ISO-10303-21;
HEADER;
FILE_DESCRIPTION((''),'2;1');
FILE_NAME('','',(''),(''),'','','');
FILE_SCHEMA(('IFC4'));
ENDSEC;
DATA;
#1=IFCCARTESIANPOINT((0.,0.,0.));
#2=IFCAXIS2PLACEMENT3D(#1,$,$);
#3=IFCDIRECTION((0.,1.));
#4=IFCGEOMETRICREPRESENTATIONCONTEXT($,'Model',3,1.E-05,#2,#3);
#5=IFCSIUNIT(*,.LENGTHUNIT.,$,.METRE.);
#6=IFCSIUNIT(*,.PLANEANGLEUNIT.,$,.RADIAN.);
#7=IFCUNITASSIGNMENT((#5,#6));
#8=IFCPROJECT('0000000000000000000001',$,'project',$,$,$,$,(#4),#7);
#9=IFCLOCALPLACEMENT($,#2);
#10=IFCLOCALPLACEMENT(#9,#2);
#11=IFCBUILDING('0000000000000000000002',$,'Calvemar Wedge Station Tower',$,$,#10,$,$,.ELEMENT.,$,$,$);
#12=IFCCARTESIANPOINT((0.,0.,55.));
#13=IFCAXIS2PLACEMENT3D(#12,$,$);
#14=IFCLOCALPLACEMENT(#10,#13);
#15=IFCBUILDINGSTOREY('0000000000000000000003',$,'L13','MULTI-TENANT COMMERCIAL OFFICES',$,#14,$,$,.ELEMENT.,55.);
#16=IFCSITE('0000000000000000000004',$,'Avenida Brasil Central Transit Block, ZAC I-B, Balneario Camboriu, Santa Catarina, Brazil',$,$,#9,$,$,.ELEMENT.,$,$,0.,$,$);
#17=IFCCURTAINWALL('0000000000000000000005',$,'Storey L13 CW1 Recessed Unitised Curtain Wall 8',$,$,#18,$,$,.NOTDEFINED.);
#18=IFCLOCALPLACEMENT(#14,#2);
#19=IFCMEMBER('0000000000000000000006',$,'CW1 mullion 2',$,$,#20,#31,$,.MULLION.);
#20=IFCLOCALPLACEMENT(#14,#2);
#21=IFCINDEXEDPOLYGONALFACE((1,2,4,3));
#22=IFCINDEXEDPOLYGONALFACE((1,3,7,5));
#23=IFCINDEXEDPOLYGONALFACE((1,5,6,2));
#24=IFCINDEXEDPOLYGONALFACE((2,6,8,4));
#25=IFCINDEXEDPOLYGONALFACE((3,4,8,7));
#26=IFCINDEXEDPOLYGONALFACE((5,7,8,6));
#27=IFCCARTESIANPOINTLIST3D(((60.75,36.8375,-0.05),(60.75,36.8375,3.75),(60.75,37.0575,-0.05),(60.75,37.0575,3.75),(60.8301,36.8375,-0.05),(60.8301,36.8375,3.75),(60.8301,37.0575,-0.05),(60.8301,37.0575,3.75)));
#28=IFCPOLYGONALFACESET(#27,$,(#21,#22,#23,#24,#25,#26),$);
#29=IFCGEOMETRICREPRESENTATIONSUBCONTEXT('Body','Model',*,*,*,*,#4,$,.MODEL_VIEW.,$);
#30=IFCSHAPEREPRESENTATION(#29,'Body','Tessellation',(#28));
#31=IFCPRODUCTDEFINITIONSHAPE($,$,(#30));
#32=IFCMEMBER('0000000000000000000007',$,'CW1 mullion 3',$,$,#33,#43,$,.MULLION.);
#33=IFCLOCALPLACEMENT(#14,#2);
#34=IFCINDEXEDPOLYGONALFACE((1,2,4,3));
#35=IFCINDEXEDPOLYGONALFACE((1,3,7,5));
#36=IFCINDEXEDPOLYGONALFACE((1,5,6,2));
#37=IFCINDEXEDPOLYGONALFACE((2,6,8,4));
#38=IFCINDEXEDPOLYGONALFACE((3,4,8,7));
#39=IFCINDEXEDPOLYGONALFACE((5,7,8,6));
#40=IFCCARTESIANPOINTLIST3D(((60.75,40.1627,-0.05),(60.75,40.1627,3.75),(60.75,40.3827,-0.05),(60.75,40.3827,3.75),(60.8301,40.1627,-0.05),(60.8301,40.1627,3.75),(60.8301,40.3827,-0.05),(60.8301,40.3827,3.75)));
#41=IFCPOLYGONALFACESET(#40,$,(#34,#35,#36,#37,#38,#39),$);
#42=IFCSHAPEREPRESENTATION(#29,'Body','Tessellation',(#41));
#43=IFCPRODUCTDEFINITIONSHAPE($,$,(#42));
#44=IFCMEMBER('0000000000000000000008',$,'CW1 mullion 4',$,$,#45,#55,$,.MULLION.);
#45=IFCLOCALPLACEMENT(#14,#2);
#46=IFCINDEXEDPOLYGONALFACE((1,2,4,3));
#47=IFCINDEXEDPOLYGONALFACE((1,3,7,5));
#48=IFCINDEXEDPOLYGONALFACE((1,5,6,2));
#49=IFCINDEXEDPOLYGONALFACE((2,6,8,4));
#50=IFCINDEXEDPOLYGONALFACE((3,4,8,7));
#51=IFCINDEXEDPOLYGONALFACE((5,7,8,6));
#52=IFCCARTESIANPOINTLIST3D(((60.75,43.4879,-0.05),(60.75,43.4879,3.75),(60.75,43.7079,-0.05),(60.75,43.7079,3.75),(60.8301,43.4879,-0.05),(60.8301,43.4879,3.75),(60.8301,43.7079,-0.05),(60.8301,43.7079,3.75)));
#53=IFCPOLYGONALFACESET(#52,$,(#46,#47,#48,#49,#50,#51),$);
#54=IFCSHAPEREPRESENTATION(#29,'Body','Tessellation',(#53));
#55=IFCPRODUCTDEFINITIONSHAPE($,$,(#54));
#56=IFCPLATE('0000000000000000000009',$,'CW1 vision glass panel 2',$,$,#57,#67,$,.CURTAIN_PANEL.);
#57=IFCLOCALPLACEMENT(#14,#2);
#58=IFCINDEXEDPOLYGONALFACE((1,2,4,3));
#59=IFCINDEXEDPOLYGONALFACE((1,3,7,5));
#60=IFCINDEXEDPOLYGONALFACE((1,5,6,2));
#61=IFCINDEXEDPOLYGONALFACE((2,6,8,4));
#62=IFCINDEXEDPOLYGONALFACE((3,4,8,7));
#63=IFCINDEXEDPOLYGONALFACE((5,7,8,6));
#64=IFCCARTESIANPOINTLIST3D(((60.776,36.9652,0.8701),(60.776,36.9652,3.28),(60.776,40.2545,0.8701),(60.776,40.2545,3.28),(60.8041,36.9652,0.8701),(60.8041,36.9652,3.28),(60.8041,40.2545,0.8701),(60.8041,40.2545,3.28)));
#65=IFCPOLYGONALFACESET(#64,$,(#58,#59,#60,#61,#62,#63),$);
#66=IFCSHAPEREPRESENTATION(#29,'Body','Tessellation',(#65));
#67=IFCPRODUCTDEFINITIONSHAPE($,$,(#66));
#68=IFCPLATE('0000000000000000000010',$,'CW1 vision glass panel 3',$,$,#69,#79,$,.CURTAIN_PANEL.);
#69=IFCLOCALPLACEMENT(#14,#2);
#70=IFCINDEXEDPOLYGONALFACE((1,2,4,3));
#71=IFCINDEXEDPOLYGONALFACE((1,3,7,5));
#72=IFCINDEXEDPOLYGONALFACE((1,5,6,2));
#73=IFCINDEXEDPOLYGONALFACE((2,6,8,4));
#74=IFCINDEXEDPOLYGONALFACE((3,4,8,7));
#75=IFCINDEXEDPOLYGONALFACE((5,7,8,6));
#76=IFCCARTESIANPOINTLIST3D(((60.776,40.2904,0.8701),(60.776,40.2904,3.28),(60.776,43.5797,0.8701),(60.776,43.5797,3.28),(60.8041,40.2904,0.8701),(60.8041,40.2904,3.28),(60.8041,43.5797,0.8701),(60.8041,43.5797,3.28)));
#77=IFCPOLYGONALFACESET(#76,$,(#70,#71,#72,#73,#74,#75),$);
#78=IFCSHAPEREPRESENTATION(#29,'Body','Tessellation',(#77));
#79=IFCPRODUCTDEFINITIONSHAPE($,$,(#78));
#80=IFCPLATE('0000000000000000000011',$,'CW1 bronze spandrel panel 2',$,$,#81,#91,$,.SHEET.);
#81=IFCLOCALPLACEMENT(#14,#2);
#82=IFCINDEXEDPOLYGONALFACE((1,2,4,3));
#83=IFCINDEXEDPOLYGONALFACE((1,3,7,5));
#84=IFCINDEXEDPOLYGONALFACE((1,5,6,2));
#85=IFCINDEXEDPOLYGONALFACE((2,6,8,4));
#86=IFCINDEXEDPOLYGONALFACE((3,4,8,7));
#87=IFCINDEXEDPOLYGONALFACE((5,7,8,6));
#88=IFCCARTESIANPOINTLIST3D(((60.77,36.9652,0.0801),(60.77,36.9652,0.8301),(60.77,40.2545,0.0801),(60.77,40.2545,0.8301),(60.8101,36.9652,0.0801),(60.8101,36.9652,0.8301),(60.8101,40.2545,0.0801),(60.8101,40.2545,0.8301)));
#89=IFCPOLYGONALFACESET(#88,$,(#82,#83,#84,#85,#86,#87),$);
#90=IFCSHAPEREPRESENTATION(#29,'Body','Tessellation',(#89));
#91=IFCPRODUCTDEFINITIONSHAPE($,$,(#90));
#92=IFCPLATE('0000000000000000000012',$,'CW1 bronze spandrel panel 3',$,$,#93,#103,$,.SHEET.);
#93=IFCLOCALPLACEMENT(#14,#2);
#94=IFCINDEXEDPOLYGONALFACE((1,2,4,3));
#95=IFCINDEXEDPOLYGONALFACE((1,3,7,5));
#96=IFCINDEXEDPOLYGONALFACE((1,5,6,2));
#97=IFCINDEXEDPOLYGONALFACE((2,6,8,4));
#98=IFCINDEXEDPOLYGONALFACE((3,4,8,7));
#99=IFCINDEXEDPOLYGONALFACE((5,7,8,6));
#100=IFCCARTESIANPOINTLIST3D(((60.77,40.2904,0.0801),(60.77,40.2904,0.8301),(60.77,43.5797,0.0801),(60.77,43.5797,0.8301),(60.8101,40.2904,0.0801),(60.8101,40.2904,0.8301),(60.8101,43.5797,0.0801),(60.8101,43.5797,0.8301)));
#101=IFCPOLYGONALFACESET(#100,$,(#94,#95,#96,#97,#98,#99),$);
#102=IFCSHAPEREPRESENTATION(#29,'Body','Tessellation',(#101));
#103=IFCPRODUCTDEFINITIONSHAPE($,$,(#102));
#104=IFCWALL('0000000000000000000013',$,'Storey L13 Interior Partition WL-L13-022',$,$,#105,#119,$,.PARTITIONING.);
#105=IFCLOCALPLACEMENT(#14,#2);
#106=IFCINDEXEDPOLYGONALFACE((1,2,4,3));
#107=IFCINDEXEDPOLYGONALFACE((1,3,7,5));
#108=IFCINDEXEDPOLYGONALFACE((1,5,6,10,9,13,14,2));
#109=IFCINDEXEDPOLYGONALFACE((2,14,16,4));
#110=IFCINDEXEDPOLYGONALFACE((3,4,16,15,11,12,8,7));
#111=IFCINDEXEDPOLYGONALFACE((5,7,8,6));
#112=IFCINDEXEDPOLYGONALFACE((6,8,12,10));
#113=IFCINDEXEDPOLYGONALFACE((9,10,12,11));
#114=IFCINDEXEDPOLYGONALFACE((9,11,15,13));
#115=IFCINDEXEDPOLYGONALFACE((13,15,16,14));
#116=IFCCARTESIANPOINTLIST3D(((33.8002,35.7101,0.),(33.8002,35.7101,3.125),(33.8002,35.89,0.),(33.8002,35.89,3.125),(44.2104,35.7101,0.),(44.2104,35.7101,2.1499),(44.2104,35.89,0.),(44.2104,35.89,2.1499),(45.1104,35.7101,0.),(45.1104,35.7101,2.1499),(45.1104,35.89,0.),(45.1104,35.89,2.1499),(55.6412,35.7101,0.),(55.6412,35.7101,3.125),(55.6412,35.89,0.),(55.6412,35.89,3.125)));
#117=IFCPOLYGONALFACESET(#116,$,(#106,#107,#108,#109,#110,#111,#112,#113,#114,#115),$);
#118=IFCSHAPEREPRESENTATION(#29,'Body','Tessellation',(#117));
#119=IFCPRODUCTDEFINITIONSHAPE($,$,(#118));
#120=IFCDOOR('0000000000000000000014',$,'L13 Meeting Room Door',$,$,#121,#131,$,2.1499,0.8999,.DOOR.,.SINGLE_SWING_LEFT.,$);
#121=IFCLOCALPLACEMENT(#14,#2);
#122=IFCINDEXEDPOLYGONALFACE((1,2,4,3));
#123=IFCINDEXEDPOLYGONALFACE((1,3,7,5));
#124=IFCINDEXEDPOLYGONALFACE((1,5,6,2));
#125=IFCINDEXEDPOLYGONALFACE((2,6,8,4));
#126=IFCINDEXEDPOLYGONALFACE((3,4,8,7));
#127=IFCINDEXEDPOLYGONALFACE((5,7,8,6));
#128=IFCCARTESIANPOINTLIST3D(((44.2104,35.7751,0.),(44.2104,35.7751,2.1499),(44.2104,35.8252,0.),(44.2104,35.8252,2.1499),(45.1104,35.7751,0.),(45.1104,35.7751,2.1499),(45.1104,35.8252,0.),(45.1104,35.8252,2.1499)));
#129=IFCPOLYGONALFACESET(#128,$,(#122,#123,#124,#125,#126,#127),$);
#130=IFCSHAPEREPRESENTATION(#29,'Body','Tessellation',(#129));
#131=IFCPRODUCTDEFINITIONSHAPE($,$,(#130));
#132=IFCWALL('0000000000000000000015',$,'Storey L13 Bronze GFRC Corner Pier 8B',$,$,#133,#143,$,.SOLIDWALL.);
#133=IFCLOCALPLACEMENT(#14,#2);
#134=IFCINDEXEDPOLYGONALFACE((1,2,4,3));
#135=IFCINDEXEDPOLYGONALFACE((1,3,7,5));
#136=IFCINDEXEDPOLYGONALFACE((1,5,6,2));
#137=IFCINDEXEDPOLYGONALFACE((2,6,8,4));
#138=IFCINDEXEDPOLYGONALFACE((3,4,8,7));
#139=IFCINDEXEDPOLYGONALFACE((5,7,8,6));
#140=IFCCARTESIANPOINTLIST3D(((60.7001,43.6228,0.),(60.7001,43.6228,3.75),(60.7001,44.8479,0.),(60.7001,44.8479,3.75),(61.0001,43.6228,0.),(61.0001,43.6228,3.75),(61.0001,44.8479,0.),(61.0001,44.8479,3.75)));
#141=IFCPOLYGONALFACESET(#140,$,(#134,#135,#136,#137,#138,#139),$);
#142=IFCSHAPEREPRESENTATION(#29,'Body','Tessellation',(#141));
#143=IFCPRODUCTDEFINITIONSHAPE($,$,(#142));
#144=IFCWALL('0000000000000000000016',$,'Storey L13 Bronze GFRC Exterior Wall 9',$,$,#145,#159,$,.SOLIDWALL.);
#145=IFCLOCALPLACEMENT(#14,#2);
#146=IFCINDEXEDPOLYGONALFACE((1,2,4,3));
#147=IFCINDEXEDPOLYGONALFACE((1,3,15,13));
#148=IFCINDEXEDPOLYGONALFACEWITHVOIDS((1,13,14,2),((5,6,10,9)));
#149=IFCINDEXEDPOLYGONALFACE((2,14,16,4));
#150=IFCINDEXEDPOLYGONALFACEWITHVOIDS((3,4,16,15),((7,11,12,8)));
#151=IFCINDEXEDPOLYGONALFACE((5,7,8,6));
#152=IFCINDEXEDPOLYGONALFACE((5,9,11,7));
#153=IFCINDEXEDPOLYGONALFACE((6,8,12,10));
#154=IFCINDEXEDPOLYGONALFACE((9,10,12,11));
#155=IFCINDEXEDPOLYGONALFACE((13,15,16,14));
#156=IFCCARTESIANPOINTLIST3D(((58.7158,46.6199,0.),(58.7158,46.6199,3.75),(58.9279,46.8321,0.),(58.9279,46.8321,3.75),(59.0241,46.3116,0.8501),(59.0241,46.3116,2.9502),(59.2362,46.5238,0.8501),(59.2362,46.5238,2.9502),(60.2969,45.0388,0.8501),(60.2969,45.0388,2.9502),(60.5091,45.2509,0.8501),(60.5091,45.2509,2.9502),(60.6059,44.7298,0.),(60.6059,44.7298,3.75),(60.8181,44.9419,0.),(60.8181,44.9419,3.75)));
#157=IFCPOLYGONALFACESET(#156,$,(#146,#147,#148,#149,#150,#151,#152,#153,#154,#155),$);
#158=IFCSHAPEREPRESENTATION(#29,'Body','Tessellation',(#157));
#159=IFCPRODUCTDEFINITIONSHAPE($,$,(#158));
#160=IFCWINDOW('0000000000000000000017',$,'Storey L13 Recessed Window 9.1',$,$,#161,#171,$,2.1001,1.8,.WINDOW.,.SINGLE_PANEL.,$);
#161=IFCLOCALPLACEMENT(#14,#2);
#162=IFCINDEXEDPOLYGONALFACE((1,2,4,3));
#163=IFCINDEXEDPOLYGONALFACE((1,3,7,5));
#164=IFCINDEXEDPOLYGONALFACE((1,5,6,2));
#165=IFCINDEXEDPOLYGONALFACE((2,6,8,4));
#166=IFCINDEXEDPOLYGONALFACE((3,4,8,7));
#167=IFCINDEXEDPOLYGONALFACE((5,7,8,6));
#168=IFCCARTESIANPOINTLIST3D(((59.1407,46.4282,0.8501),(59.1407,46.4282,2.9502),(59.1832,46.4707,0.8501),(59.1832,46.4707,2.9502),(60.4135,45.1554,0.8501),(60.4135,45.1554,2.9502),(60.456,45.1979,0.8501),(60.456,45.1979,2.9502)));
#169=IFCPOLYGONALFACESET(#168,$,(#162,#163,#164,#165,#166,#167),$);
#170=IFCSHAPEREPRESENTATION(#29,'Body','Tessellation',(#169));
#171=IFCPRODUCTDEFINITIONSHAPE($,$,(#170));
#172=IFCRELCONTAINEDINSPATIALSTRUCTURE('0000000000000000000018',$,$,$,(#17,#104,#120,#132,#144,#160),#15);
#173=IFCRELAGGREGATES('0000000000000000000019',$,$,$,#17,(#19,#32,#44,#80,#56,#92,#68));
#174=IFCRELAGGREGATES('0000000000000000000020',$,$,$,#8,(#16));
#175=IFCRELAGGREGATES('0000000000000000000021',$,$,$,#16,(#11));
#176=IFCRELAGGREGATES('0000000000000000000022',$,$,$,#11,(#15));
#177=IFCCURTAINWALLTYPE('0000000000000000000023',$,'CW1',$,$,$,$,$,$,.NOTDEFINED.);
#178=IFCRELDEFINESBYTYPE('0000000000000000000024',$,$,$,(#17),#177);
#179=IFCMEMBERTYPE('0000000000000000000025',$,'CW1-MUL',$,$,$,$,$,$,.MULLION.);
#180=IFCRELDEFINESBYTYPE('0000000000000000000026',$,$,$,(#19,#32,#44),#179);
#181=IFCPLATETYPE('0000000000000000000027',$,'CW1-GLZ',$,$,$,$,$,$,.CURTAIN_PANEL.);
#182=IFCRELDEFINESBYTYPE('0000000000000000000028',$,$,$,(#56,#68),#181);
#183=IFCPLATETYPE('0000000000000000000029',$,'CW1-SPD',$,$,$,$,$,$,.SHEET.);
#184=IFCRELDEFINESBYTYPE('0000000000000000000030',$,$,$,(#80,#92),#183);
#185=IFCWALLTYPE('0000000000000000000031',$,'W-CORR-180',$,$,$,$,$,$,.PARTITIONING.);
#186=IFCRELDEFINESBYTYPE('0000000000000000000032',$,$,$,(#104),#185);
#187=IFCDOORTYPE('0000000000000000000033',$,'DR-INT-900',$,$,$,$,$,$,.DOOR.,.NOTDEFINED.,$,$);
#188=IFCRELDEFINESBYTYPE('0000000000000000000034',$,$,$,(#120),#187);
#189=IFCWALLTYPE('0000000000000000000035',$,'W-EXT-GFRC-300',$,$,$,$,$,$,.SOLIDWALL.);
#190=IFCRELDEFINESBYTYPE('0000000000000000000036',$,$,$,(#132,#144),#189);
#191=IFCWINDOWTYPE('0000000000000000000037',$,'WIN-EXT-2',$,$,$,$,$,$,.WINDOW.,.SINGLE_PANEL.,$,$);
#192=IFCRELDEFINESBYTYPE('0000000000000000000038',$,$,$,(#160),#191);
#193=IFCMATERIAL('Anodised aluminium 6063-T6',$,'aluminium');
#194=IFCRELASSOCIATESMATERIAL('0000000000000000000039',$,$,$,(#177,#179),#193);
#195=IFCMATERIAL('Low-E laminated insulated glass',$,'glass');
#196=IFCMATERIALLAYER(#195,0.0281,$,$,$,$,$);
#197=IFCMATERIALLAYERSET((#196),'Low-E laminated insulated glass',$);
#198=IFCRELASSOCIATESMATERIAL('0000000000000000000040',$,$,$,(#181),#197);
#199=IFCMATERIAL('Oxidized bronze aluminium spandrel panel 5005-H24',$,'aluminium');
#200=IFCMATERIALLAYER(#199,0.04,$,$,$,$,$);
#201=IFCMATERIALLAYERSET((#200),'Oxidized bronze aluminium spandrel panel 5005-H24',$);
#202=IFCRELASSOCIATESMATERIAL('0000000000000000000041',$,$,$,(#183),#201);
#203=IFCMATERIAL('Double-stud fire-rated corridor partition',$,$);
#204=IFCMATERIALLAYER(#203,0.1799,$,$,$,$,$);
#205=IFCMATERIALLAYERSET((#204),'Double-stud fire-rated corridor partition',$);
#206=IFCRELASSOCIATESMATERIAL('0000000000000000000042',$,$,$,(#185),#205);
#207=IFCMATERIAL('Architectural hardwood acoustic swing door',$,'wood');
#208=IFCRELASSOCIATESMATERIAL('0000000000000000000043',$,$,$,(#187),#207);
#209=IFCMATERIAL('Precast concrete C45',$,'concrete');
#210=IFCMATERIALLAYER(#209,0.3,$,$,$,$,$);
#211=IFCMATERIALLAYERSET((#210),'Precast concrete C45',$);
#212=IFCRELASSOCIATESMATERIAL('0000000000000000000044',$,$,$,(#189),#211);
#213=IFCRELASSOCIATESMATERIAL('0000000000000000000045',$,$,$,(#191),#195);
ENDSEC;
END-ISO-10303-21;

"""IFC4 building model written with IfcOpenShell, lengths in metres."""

from ifc_helpers import new_model, si_unit, direction, frame, frame_2d, origin, origin_2d, place, context, subcontext, project, spatial, rectangle, extrude, source, transform, mapped, material, layer, layer_set, material_profile, profile_set, type_object, element, fill, aggregate, save


model = new_model("IFC4")

# Units and contexts
model_context = context("Model", 3, precision=1e-05, world=origin(), true_north=direction((0.0, 1.0)))
body_context = subcontext(model_context, "Body", "Model", "MODEL_VIEW")
ifc_project = project(units=[si_unit("LENGTHUNIT", "METRE"), si_unit("PLANEANGLEUNIT", "RADIAN")], contexts=[model_context])

# Site, building, storey
site_placement = place(None, origin())
site = spatial("IfcSite", under=ifc_project, at=site_placement, Name="Avenida Brasil Central Transit Block, ZAC I-B, Balneario Camboriu, Santa Catarina, Brazil", CompositionType="ELEMENT", RefElevation=0.0)
building_placement = place(site_placement, origin())
building = spatial("IfcBuilding", under=site, at=building_placement, Name="Calvemar Wedge Station Tower", CompositionType="ELEMENT")
storey_placement = place(building_placement, frame((0.0, 0.0, 55.0)))
storey = spatial("IfcBuildingStorey", under=building, at=storey_placement, Name="L13", Description="MULTI-TENANT COMMERCIAL OFFICES", CompositionType="ELEMENT", Elevation=55.0)

# Curtain wall, members, plates
ifc_material_1 = material(Name="Anodised aluminium 6063-T6", Category="aluminium")
curtain_wall_type = type_object("IfcCurtainWallType", Name="CW1", PredefinedType="NOTDEFINED", material=ifc_material_1)
curtain_wall_placement = place(storey_placement, origin())
curtain_wall = element("IfcCurtainWall", 1, at=curtain_wall_placement, inside=storey, type_object=curtain_wall_type, Name="Storey L13 CW1 Recessed Unitised Curtain Wall 8", PredefinedType="NOTDEFINED")
ifc_material_profile = material_profile(ifc_material_1, rectangle(XDim=0.0801, YDim=0.22, at=origin_2d()), Name="AL-MUL-80x220")
ifc_profile_set = profile_set([ifc_material_profile], Name="Anodised aluminium 6063-T6")
member_type = type_object("IfcMemberType", Name="CW1-MUL", PredefinedType="MULLION", material=ifc_profile_set)
shared_shape_1 = source(origin(), body_context, "Body", "SweptSolid", [
    extrude(rectangle(XDim=0.0801, YDim=0.22, at=origin_2d()), origin(), (0.0, 0.0, 1.0), 3.8),
])
member_1_placement = place(storey_placement, frame((60.79, 36.9475, -0.05), z_axis=(0.0, 0.0, 1.0), x_axis=(1.0, 0.0, 0.0)))
member_1 = element("IfcMember", 2, at=member_1_placement, type_object=member_type, Name="CW1 mullion 2", PredefinedType="MULLION", context=body_context, shape_type="MappedRepresentation", body=[
    mapped(shared_shape_1, transform((0.0, 0.0, 0.0), scale=1.0)),
])
member_2_placement = place(storey_placement, frame((60.79, 40.2727, -0.05), z_axis=(0.0, 0.0, 1.0), x_axis=(1.0, 0.0, 0.0)))
member_2 = element("IfcMember", 3, at=member_2_placement, type_object=member_type, Name="CW1 mullion 3", PredefinedType="MULLION", context=body_context, shape_type="MappedRepresentation", body=[
    mapped(shared_shape_1, transform((0.0, 0.0, 0.0), scale=1.0)),
])
member_3_placement = place(storey_placement, frame((60.79, 43.5979, -0.05), z_axis=(0.0, 0.0, 1.0), x_axis=(1.0, 0.0, 0.0)))
member_3 = element("IfcMember", 4, at=member_3_placement, type_object=member_type, Name="CW1 mullion 4", PredefinedType="MULLION", context=body_context, shape_type="MappedRepresentation", body=[
    mapped(shared_shape_1, transform((0.0, 0.0, 0.0), scale=1.0)),
])
ifc_material_2 = material(Name="Low-E laminated insulated glass", Category="glass")
ifc_layer_1 = layer(ifc_material_2, 0.0281)
ifc_layer_set_1 = layer_set([ifc_layer_1], Name="Low-E laminated insulated glass")
plate_type_1 = type_object("IfcPlateType", Name="CW1-GLZ", PredefinedType="CURTAIN_PANEL", material=ifc_layer_set_1)
plate_1_placement = place(storey_placement, frame((60.79, 36.9653, 0.8701), z_axis=(0.0, 0.0, 1.0), x_axis=(0.0, 1.0, 0.0)))
plate_1 = element("IfcPlate", 5, at=plate_1_placement, type_object=plate_type_1, Name="CW1 vision glass panel 2", PredefinedType="CURTAIN_PANEL", context=body_context, shape_type="SweptSolid", body=[
    extrude(rectangle(XDim=3.2893, YDim=0.0281, at=frame_2d((1.6445, 0.0))), origin(), (0.0, 0.0, 1.0), 2.4099),
])
plate_2_placement = place(storey_placement, frame((60.79, 40.2905, 0.8701), z_axis=(0.0, 0.0, 1.0), x_axis=(0.0, 1.0, 0.0)))
plate_2 = element("IfcPlate", 6, at=plate_2_placement, type_object=plate_type_1, Name="CW1 vision glass panel 3", PredefinedType="CURTAIN_PANEL", context=body_context, shape_type="SweptSolid", body=[
    extrude(rectangle(XDim=3.2893, YDim=0.0281, at=frame_2d((1.6445, 0.0))), origin(), (0.0, 0.0, 1.0), 2.4099),
])
ifc_material_3 = material(Name="Oxidized bronze aluminium spandrel panel 5005-H24", Category="aluminium")
ifc_layer_2 = layer(ifc_material_3, 0.04)
ifc_layer_set_2 = layer_set([ifc_layer_2], Name="Oxidized bronze aluminium spandrel panel 5005-H24")
plate_type_2 = type_object("IfcPlateType", Name="CW1-SPD", PredefinedType="SHEET", material=ifc_layer_set_2)
plate_3_placement = place(storey_placement, frame((60.79, 36.9653, 0.0801), z_axis=(0.0, 0.0, 1.0), x_axis=(0.0, 1.0, 0.0)))
plate_3 = element("IfcPlate", 7, at=plate_3_placement, type_object=plate_type_2, Name="CW1 bronze spandrel panel 2", PredefinedType="SHEET", context=body_context, shape_type="SweptSolid", body=[
    extrude(rectangle(XDim=3.2893, YDim=0.04, at=frame_2d((1.6445, 0.0))), origin(), (0.0, 0.0, 1.0), 0.75),
])
plate_4_placement = place(storey_placement, frame((60.79, 40.2905, 0.0801), z_axis=(0.0, 0.0, 1.0), x_axis=(0.0, 1.0, 0.0)))
plate_4 = element("IfcPlate", 8, at=plate_4_placement, type_object=plate_type_2, Name="CW1 bronze spandrel panel 3", PredefinedType="SHEET", context=body_context, shape_type="SweptSolid", body=[
    extrude(rectangle(XDim=3.2893, YDim=0.04, at=frame_2d((1.6445, 0.0))), origin(), (0.0, 0.0, 1.0), 0.75),
])
aggregate(curtain_wall, [member_1, member_2, member_3, plate_3, plate_1, plate_4, plate_2])

# Wall, opening, door
ifc_material_4 = material(Name="Double-stud fire-rated corridor partition")
ifc_layer_3 = layer(ifc_material_4, 0.1799)
ifc_layer_set_3 = layer_set([ifc_layer_3], Name="Double-stud fire-rated corridor partition")
wall_type_1 = type_object("IfcWallType", Name="W-CORR-180", PredefinedType="PARTITIONING", material=ifc_layer_set_3)
shared_shape_2 = source(origin(), body_context, "Body", "SweptSolid", [
    extrude(rectangle(XDim=0.8999, YDim=2.1499, at=frame_2d((0.45, 1.075))), frame((0.0, 0.1001, 0.0), z_axis=(0.0, -1.0, 0.0), x_axis=(1.0, 0.0, 0.0)), (0.0, 0.0, 1.0), 0.2),
])
ifc_material_5 = material(Name="Architectural hardwood acoustic swing door", Category="wood")
door_type = type_object("IfcDoorType", Name="DR-INT-900", OperationType="NOTDEFINED", PredefinedType="DOOR", material=ifc_material_5)
shared_shape_3 = source(origin(), body_context, "Body", "SweptSolid", [
    extrude(rectangle(XDim=0.8999, YDim=2.1499, at=frame_2d((0.45, 1.075))), frame((0.0, 0.0249, 0.0), z_axis=(0.0, -1.0, 0.0), x_axis=(1.0, 0.0, 0.0)), (0.0, 0.0, 1.0), 0.05),
])
wall_1_placement = place(storey_placement, frame((55.6411, 35.8, 0.0), z_axis=(0.0, 0.0, 1.0), x_axis=(-1.0, 0.0, 0.0)))
wall_1 = element("IfcWall", 9, at=wall_1_placement, inside=storey, type_object=wall_type_1, Name="Storey L13 Interior Partition WL-L13-022", PredefinedType="PARTITIONING", context=body_context, shape_type="SweptSolid", body=[
    extrude(rectangle(XDim=21.8411, YDim=0.1799, at=frame_2d((10.9204, 0.0))), origin(), (0.0, 0.0, 1.0), 3.125),
])
opening_1_placement = place(wall_1_placement, frame((10.5308, 0.0, 0.0)))
opening_1 = element("IfcOpeningElement", 10, at=opening_1_placement, cuts=wall_1, PredefinedType="OPENING", context=body_context, shape_type="MappedRepresentation", body=[
    mapped(shared_shape_2, transform((0.0, 0.0, 0.0), scale=1.0)),
])
door_1_placement = place(opening_1_placement, origin())
door_1 = element("IfcDoor", 11, at=door_1_placement, inside=storey, type_object=door_type, Name="L13 Meeting Room Door", OperationType="SINGLE_SWING_LEFT", OverallHeight=2.1499, OverallWidth=0.8999, PredefinedType="DOOR", context=body_context, shape_type="MappedRepresentation", body=[
    mapped(shared_shape_3, transform((0.0, 0.0, 0.0), scale=1.0)),
])
fill(opening_1, door_1)

# Wall
ifc_material_6 = material(Name="Precast concrete C45", Category="concrete")
ifc_layer_4 = layer(ifc_material_6, 0.3)
ifc_layer_set_4 = layer_set([ifc_layer_4], Name="Precast concrete C45")
wall_type_2 = type_object("IfcWallType", Name="W-EXT-GFRC-300", PredefinedType="SOLIDWALL", material=ifc_layer_set_4)
wall_2_placement = place(storey_placement, frame((60.8501, 43.6228, 0.0), z_axis=(0.0, 0.0, 1.0), x_axis=(0.0, 1.0, 0.0)))
element("IfcWall", 12, at=wall_2_placement, inside=storey, type_object=wall_type_2, Name="Storey L13 Bronze GFRC Corner Pier 8B", PredefinedType="SOLIDWALL", context=body_context, shape_type="SweptSolid", body=[
    extrude(rectangle(XDim=1.2251, YDim=0.3, at=frame_2d((0.6125, 0.0))), origin(), (0.0, 0.0, 1.0), 3.75),
])

# Wall, opening, window
wall_3_placement = place(storey_placement, frame((60.7119, 44.8359, 0.0), z_axis=(0.0, 0.0, 1.0), x_axis=(-0.707107, 0.707107, 0.0)))
wall_3 = element("IfcWall", 13, at=wall_3_placement, inside=storey, type_object=wall_type_2, Name="Storey L13 Bronze GFRC Exterior Wall 9", PredefinedType="SOLIDWALL", context=body_context, shape_type="SweptSolid", body=[
    extrude(rectangle(XDim=2.6731, YDim=0.3, at=frame_2d((1.3364, 0.0))), origin(), (0.0, 0.0, 1.0), 3.75),
])
shared_shape_4 = source(origin(), body_context, "Body", "SweptSolid", [
    extrude(rectangle(XDim=1.8, YDim=2.1001, at=frame_2d((0.8999, 1.05))), frame((0.0, 0.1602, 0.0), z_axis=(0.0, -1.0, 0.0), x_axis=(1.0, 0.0, 0.0)), (0.0, 0.0, 1.0), 0.3201),
])
opening_2_placement = place(wall_3_placement, frame((0.437, 0.0, 0.8501)))
opening_2 = element("IfcOpeningElement", 14, at=opening_2_placement, cuts=wall_3, PredefinedType="OPENING", context=body_context, shape_type="MappedRepresentation", body=[
    mapped(shared_shape_4, transform((0.0, 0.0, 0.0), scale=1.0)),
])
window_type_1 = type_object("IfcWindowType", Name="WIN-EXT-2", PartitioningType="SINGLE_PANEL", PredefinedType="WINDOW", material=ifc_material_2)
shared_shape_5 = source(origin(), body_context, "Body", "SweptSolid", [
    extrude(rectangle(XDim=1.8, YDim=2.1001, at=frame_2d((0.8999, 1.05))), frame((0.0, -0.0149, 0.0), z_axis=(0.0, -1.0, 0.0), x_axis=(1.0, 0.0, 0.0)), (0.0, 0.0, 1.0), 0.0601),
])
window_1_placement = place(opening_2_placement, origin())
window_1 = element("IfcWindow", 15, at=window_1_placement, inside=storey, type_object=window_type_1, Name="Storey L13 Recessed Window 9.1", OverallHeight=2.1001, OverallWidth=1.8, PartitioningType="SINGLE_PANEL", PredefinedType="WINDOW", context=body_context, shape_type="MappedRepresentation", body=[
    mapped(shared_shape_5, transform((0.0, 0.0, 0.0), scale=1.0)),
])
fill(opening_2, window_1)

save(model, "model.ifc")
